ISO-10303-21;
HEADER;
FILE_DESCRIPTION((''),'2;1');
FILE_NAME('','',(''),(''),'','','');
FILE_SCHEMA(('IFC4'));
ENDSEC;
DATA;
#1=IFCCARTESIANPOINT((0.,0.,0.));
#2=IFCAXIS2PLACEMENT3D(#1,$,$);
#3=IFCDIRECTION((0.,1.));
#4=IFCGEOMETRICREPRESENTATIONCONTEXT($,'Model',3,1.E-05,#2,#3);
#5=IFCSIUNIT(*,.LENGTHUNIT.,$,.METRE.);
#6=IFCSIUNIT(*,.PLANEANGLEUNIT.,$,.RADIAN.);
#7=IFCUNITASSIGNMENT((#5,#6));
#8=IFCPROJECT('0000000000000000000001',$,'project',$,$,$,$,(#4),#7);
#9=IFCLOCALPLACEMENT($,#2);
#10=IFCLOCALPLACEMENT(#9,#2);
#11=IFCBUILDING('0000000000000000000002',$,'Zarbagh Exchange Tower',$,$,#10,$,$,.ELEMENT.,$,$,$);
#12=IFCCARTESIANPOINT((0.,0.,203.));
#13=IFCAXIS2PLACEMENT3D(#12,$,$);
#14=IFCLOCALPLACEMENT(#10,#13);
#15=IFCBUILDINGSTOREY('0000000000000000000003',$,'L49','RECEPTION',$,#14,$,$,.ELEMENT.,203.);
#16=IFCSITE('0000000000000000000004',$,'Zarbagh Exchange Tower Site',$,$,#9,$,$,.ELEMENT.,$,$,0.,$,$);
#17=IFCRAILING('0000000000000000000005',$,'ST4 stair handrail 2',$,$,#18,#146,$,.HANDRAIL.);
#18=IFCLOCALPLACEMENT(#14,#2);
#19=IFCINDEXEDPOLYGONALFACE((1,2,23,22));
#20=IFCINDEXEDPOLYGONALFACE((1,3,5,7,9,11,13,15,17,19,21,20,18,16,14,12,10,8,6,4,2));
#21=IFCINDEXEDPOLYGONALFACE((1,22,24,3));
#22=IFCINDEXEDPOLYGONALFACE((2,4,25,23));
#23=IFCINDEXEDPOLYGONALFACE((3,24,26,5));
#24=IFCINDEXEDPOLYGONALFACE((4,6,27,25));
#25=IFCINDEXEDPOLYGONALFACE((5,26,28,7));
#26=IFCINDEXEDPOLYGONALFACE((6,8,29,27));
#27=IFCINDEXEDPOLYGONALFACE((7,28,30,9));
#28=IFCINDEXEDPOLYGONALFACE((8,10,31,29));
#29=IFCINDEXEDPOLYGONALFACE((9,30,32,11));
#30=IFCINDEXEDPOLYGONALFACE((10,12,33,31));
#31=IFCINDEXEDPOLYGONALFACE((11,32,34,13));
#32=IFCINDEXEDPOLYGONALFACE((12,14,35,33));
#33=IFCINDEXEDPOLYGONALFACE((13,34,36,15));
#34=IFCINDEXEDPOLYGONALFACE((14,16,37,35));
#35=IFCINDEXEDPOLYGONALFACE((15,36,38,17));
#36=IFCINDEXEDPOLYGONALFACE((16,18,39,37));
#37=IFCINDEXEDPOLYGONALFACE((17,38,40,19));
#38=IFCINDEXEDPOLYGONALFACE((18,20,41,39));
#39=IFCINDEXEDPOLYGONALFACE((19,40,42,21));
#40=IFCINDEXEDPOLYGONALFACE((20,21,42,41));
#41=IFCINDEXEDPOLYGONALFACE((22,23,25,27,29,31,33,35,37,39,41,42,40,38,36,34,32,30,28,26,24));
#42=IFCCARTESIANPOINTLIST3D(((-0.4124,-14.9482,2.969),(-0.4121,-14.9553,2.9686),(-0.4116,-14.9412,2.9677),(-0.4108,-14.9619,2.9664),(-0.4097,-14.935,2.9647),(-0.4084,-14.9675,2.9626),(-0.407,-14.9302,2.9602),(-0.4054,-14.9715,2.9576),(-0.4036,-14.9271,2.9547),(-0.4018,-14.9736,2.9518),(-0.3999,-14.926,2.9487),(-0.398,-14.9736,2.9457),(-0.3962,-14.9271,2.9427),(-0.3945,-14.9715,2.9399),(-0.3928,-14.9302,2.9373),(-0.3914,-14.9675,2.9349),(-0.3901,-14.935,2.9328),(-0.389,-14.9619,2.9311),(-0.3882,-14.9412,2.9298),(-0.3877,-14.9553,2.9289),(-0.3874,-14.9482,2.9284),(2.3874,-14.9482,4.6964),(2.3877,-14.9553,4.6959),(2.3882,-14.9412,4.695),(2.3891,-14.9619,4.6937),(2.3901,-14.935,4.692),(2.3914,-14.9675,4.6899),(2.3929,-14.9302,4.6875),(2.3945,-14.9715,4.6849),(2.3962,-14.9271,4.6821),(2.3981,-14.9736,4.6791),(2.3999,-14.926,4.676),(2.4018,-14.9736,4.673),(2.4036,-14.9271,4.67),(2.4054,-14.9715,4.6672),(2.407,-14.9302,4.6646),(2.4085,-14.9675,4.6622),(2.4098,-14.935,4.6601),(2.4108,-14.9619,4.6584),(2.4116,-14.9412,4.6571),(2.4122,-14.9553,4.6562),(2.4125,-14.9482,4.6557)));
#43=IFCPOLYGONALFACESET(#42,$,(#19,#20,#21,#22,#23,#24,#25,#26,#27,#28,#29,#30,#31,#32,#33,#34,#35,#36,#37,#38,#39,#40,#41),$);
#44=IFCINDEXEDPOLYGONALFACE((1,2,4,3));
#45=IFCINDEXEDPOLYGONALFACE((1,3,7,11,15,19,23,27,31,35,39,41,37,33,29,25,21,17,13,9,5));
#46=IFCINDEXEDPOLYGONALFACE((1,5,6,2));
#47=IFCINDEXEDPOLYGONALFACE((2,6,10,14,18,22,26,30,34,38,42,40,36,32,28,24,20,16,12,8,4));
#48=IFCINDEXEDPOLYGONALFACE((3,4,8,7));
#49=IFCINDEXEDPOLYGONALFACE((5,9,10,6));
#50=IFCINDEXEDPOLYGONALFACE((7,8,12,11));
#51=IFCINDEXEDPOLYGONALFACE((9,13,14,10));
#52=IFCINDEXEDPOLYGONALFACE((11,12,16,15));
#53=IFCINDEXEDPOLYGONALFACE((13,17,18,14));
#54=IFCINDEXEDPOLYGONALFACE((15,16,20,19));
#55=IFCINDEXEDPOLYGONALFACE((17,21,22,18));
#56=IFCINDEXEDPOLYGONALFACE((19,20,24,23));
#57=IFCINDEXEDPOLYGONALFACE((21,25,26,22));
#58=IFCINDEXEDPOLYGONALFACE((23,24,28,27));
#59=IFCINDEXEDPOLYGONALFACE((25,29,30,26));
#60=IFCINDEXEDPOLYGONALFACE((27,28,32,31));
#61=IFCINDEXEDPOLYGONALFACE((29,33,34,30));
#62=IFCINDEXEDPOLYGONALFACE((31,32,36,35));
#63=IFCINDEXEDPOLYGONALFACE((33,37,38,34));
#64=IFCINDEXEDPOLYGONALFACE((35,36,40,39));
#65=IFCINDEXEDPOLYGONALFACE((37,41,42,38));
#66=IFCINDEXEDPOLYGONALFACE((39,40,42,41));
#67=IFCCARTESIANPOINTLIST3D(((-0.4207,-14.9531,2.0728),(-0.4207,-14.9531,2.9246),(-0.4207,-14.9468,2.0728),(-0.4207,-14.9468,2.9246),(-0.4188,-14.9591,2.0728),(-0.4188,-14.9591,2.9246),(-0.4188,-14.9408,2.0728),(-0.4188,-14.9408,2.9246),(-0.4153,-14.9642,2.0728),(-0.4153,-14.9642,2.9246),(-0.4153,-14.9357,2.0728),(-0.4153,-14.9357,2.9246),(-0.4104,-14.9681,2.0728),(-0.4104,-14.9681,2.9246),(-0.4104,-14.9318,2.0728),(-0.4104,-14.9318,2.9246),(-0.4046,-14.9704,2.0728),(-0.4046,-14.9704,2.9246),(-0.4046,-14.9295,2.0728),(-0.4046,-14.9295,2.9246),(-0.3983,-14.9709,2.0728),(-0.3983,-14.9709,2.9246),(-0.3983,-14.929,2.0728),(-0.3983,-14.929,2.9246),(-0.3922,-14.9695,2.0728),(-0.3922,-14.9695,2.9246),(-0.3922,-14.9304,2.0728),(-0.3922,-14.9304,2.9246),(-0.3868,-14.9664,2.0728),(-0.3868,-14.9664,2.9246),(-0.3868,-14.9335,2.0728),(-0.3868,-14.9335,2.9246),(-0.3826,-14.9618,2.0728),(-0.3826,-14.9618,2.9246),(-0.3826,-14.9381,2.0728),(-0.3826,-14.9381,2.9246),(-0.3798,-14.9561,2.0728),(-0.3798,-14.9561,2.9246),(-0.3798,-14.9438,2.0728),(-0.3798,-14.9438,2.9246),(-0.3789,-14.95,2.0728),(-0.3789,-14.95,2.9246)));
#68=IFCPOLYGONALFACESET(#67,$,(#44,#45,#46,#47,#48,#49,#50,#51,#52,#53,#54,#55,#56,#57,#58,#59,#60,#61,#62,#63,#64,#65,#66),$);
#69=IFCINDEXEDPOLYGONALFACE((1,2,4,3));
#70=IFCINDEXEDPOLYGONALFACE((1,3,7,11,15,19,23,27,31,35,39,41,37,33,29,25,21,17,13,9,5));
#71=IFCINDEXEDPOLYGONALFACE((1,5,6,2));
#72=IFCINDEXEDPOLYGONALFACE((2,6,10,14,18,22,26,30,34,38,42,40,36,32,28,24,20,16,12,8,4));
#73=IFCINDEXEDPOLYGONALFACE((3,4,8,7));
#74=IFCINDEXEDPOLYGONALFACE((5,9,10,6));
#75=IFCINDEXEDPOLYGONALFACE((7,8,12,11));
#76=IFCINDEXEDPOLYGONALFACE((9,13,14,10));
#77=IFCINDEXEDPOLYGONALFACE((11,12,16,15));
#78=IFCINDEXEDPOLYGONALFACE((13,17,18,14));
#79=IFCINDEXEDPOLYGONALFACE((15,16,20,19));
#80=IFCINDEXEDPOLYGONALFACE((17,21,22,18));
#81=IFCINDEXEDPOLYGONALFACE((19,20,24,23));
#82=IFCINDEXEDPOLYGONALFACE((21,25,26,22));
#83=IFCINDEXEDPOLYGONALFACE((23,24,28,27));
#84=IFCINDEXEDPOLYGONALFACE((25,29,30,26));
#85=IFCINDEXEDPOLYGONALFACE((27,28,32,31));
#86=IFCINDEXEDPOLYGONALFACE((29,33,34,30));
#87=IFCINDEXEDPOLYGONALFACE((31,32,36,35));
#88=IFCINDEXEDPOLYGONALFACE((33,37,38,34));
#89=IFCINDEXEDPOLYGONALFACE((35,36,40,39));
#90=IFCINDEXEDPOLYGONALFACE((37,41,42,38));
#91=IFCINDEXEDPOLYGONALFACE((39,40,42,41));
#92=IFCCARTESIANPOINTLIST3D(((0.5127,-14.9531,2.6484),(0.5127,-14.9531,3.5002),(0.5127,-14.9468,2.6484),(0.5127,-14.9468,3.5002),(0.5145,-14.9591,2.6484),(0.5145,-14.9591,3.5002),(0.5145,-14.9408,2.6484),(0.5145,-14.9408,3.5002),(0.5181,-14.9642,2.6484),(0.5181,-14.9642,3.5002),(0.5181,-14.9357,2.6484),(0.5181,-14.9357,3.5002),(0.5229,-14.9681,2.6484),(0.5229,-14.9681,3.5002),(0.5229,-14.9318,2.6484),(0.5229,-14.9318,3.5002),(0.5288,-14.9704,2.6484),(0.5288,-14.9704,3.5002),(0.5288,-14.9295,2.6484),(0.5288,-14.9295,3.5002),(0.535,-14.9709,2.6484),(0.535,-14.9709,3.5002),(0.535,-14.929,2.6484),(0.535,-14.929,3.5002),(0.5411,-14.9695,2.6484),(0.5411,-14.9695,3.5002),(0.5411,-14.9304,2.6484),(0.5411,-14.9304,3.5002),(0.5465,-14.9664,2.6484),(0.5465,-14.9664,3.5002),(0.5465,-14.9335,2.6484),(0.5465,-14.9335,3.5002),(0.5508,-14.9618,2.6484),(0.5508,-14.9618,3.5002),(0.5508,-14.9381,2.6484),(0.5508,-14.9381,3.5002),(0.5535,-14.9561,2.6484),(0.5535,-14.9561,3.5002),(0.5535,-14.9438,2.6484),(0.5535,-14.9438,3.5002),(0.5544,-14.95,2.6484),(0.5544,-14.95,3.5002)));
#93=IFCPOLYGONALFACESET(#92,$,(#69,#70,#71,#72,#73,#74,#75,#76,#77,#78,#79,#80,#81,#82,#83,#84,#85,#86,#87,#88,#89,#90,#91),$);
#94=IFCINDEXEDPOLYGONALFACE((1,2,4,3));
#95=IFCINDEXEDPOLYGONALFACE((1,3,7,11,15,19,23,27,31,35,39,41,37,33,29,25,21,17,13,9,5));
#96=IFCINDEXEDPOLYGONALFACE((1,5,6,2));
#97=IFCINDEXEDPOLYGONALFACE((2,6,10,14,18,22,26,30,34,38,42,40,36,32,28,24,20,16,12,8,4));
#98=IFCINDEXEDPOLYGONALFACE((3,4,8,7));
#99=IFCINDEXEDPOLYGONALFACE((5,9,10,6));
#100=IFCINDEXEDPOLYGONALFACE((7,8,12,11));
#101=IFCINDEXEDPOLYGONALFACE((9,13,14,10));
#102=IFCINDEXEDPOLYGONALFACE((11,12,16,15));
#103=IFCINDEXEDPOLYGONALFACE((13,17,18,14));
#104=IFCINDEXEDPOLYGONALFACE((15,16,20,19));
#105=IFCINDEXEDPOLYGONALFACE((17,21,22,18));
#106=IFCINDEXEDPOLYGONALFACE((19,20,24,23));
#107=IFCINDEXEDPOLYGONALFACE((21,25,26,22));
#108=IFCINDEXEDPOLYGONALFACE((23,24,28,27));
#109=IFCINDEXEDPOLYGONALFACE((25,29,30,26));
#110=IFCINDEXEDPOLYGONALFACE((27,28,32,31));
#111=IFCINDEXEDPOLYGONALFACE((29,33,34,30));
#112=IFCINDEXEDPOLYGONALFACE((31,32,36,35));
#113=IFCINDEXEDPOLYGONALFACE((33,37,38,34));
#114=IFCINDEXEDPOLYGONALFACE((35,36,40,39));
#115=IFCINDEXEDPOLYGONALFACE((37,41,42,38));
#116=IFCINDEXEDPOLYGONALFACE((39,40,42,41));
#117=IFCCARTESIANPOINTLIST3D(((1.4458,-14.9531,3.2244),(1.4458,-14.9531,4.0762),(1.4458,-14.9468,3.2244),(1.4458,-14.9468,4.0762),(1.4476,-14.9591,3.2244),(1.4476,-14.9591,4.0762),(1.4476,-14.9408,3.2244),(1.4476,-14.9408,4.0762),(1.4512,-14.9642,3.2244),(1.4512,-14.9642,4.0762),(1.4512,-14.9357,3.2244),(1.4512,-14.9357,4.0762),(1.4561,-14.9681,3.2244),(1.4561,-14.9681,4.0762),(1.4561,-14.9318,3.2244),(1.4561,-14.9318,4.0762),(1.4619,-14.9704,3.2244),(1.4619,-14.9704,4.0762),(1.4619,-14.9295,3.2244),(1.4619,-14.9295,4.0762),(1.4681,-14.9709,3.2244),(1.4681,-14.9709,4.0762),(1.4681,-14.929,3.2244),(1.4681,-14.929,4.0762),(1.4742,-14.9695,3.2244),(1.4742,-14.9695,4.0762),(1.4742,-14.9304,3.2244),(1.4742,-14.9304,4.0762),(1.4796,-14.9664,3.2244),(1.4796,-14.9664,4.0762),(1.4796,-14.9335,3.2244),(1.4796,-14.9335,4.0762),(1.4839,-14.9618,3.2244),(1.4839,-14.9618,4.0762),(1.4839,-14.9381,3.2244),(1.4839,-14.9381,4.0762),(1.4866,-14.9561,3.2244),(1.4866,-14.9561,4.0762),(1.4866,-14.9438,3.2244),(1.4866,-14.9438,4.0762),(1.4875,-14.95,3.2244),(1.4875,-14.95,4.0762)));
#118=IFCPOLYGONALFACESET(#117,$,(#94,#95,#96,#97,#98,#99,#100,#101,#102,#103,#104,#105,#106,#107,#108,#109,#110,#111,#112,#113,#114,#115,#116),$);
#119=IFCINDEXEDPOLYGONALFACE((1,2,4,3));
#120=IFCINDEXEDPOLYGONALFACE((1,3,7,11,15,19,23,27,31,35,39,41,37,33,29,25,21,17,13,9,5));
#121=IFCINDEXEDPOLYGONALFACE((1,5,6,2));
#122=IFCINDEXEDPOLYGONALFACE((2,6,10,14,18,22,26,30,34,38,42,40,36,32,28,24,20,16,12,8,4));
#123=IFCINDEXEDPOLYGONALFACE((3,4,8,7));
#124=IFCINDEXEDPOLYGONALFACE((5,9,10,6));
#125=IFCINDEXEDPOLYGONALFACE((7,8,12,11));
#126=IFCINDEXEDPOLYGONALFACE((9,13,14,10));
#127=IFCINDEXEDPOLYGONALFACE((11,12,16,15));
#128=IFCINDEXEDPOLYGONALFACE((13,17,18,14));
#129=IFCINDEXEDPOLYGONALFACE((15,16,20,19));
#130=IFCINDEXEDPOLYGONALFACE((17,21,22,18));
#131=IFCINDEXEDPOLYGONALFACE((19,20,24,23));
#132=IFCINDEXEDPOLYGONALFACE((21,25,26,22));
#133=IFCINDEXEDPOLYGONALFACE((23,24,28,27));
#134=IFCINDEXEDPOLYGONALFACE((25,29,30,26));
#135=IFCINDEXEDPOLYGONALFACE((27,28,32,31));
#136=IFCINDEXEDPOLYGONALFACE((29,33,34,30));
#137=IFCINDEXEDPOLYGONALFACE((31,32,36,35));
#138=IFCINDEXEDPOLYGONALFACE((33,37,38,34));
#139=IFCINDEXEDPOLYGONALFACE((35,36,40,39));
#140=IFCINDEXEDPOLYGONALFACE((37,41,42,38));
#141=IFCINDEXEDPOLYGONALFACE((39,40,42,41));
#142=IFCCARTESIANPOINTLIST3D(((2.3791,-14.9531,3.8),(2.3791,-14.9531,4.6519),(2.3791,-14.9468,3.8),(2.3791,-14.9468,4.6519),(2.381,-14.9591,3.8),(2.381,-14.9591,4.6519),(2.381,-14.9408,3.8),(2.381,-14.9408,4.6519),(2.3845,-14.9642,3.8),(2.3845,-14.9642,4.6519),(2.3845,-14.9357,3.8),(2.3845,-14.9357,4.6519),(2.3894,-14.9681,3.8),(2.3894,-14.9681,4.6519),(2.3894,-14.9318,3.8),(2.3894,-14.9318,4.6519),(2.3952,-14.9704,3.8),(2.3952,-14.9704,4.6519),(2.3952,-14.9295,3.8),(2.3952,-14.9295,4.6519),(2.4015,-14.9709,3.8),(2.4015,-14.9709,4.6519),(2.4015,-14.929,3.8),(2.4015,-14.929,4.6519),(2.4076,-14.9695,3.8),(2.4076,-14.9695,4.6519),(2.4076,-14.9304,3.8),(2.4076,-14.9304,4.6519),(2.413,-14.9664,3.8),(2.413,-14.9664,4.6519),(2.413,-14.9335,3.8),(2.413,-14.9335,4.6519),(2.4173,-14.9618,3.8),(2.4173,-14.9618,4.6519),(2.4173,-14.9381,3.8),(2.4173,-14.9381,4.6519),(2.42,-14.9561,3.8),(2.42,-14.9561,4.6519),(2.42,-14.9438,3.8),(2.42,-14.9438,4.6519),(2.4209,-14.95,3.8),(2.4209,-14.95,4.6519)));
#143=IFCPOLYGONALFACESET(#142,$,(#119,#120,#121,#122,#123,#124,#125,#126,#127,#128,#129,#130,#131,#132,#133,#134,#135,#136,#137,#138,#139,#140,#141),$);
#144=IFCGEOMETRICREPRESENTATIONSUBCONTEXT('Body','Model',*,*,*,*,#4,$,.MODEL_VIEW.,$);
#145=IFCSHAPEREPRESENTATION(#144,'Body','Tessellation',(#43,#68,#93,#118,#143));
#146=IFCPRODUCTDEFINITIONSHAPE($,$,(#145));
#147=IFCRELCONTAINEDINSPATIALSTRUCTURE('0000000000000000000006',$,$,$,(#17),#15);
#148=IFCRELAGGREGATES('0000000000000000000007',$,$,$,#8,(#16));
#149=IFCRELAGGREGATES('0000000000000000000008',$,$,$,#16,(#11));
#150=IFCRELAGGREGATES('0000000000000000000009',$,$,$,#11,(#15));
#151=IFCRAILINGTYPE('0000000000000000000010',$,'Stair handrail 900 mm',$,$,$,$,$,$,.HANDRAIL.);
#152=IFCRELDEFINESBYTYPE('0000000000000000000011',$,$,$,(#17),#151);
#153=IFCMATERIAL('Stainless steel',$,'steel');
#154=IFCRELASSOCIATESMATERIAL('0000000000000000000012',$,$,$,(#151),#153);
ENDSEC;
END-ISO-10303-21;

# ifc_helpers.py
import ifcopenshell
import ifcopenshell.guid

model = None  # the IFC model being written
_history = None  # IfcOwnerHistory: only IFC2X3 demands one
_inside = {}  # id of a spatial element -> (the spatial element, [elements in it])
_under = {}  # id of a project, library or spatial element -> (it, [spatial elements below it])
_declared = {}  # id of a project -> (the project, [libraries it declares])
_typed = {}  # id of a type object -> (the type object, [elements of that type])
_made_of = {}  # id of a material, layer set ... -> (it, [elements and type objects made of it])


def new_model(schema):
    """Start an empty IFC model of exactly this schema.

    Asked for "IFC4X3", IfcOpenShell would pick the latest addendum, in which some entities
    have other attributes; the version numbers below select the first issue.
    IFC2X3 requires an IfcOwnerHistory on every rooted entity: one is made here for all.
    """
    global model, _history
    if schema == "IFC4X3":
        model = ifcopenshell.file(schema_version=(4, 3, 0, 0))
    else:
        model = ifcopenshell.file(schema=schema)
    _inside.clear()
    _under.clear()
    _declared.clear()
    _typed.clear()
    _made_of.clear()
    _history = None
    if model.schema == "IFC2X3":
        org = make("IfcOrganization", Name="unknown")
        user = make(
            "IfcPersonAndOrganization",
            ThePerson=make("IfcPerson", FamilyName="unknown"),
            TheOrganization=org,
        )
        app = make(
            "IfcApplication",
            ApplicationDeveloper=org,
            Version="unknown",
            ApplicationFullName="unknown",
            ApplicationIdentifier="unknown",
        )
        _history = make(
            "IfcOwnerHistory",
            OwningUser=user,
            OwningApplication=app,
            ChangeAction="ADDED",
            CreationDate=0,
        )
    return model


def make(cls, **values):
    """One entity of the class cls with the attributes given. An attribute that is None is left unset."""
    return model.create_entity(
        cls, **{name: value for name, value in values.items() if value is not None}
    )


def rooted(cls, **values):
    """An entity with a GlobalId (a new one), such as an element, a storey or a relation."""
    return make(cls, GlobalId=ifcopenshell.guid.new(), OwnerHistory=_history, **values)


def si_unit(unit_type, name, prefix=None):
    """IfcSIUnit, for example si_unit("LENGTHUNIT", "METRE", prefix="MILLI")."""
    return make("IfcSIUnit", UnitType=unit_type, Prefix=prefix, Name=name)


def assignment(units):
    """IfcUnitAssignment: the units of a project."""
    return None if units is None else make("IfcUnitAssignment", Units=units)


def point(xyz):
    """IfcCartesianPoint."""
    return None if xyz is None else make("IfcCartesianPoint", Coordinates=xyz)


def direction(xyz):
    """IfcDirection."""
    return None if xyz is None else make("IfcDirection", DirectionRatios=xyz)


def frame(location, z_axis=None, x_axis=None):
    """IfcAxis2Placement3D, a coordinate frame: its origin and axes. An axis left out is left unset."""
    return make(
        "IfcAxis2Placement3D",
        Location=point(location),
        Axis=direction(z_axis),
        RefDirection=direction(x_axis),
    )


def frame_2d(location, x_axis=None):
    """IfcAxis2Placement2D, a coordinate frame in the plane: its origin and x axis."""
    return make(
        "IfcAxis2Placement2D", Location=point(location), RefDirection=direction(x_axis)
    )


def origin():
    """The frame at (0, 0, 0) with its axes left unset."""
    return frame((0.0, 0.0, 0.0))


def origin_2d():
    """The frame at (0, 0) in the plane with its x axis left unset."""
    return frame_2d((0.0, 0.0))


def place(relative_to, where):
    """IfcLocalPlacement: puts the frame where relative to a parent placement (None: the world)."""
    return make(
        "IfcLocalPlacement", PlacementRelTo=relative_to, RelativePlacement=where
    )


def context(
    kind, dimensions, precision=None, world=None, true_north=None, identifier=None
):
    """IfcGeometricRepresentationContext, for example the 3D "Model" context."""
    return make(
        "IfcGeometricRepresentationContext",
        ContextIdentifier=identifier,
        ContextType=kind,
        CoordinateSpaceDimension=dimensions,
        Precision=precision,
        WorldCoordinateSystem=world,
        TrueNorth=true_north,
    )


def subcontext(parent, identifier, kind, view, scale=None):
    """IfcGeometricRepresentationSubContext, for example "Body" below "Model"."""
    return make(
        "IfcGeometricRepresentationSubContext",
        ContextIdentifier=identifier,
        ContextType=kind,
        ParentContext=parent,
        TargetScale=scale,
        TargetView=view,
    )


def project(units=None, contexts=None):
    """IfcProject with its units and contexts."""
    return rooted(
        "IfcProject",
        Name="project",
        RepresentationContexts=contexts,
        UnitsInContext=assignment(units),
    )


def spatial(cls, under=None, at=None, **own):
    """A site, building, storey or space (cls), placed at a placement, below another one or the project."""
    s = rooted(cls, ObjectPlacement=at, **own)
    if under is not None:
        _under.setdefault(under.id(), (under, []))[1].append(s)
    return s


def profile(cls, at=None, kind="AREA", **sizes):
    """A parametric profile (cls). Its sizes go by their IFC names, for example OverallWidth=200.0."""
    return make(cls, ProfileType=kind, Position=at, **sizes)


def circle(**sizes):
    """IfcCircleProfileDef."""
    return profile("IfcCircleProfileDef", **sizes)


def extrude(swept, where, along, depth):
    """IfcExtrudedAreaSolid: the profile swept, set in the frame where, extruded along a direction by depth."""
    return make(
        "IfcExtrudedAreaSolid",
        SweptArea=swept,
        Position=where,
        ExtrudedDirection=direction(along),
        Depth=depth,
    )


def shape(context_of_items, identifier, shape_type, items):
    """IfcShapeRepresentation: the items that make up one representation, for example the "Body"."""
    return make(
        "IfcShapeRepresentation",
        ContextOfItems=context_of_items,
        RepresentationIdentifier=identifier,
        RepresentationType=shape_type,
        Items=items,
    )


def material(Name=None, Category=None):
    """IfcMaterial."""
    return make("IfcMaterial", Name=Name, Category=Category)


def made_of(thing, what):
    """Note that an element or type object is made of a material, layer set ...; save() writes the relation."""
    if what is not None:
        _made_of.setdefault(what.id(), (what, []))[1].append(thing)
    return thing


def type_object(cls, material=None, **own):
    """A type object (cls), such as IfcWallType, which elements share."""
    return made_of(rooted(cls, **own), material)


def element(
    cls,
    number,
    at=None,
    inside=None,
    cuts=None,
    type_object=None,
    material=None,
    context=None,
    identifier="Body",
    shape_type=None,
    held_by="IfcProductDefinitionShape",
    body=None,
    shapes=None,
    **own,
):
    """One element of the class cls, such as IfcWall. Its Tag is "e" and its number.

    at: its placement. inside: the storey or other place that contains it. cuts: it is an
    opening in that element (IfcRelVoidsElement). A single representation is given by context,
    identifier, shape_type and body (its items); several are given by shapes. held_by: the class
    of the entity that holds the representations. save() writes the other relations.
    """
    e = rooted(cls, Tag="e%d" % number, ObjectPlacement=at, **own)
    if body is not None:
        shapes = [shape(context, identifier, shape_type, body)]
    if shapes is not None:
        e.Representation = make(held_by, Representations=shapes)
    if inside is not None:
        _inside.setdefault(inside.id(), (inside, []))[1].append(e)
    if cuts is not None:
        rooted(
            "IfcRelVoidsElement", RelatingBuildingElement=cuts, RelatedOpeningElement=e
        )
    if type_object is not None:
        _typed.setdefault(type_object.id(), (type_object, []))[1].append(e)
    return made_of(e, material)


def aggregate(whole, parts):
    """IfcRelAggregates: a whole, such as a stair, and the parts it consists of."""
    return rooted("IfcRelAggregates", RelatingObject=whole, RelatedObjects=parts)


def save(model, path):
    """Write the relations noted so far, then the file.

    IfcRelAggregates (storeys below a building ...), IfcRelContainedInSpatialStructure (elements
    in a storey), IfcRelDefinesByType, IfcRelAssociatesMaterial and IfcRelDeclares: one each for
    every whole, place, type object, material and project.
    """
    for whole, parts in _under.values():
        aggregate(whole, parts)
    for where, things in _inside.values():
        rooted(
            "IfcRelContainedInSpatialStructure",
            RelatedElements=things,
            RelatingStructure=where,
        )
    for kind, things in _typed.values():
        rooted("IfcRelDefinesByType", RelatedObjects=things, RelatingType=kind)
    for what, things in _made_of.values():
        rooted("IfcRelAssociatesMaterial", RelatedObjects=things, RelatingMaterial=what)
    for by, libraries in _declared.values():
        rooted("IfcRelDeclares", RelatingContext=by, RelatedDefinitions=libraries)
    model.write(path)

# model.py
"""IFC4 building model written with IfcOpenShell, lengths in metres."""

from ifc_helpers import new_model, si_unit, direction, frame, origin, origin_2d, place, context, subcontext, project, spatial, circle, extrude, material, type_object, element, save


model = new_model("IFC4")

# Units and contexts
model_context = context("Model", 3, precision=1e-05, world=origin(), true_north=direction((0.0, 1.0)))
body_context = subcontext(model_context, "Body", "Model", "MODEL_VIEW")
ifc_project = project(units=[si_unit("LENGTHUNIT", "METRE"), si_unit("PLANEANGLEUNIT", "RADIAN")], contexts=[model_context])

# Site, building, storey
site_placement = place(None, origin())
site = spatial("IfcSite", under=ifc_project, at=site_placement, Name="Zarbagh Exchange Tower Site", CompositionType="ELEMENT", RefElevation=0.0)
building_placement = place(site_placement, origin())
building = spatial("IfcBuilding", under=site, at=building_placement, Name="Zarbagh Exchange Tower", CompositionType="ELEMENT")
storey_placement = place(building_placement, frame((0.0, 0.0, 203.0)))
storey = spatial("IfcBuildingStorey", under=building, at=storey_placement, Name="L49", Description="RECEPTION", CompositionType="ELEMENT", Elevation=203.0)

# Shared definitions
ifc_material_1 = material(Name="Stainless steel", Category="steel")

# Railing
railing_type_1 = type_object("IfcRailingType", Name="Stair handrail 900 mm", PredefinedType="HANDRAIL", material=ifc_material_1)
railing_1_placement = place(storey_placement, frame((-0.3999, -14.95, 2.0728)))
element("IfcRailing", 1, at=railing_1_placement, inside=storey, type_object=railing_type_1, Name="ST4 stair handrail 2", PredefinedType="HANDRAIL", context=body_context, shape_type="SweptSolid", body=[
    extrude(circle(Radius=0.0239, at=origin_2d()), frame((0.0, 0.0, 0.876), z_axis=(0.851069, 0.0, 0.525054), x_axis=(0.0, 1.0, 0.0)), (0.0, 0.0, 1.0), 3.2898),
    extrude(circle(Radius=0.021, at=origin_2d()), origin(), (0.0, 0.0, 1.0), 0.8518),
    extrude(circle(Radius=0.021, at=origin_2d()), frame((0.9333, 0.0, 0.5757)), (0.0, 0.0, 1.0), 0.8518),
    extrude(circle(Radius=0.021, at=origin_2d()), frame((1.8665, 0.0, 1.1516)), (0.0, 0.0, 1.0), 0.8518),
    extrude(circle(Radius=0.021, at=origin_2d()), frame((2.7998, 0.0, 1.7273)), (0.0, 0.0, 1.0), 0.8518),
])

save(model, "model.ifc")
